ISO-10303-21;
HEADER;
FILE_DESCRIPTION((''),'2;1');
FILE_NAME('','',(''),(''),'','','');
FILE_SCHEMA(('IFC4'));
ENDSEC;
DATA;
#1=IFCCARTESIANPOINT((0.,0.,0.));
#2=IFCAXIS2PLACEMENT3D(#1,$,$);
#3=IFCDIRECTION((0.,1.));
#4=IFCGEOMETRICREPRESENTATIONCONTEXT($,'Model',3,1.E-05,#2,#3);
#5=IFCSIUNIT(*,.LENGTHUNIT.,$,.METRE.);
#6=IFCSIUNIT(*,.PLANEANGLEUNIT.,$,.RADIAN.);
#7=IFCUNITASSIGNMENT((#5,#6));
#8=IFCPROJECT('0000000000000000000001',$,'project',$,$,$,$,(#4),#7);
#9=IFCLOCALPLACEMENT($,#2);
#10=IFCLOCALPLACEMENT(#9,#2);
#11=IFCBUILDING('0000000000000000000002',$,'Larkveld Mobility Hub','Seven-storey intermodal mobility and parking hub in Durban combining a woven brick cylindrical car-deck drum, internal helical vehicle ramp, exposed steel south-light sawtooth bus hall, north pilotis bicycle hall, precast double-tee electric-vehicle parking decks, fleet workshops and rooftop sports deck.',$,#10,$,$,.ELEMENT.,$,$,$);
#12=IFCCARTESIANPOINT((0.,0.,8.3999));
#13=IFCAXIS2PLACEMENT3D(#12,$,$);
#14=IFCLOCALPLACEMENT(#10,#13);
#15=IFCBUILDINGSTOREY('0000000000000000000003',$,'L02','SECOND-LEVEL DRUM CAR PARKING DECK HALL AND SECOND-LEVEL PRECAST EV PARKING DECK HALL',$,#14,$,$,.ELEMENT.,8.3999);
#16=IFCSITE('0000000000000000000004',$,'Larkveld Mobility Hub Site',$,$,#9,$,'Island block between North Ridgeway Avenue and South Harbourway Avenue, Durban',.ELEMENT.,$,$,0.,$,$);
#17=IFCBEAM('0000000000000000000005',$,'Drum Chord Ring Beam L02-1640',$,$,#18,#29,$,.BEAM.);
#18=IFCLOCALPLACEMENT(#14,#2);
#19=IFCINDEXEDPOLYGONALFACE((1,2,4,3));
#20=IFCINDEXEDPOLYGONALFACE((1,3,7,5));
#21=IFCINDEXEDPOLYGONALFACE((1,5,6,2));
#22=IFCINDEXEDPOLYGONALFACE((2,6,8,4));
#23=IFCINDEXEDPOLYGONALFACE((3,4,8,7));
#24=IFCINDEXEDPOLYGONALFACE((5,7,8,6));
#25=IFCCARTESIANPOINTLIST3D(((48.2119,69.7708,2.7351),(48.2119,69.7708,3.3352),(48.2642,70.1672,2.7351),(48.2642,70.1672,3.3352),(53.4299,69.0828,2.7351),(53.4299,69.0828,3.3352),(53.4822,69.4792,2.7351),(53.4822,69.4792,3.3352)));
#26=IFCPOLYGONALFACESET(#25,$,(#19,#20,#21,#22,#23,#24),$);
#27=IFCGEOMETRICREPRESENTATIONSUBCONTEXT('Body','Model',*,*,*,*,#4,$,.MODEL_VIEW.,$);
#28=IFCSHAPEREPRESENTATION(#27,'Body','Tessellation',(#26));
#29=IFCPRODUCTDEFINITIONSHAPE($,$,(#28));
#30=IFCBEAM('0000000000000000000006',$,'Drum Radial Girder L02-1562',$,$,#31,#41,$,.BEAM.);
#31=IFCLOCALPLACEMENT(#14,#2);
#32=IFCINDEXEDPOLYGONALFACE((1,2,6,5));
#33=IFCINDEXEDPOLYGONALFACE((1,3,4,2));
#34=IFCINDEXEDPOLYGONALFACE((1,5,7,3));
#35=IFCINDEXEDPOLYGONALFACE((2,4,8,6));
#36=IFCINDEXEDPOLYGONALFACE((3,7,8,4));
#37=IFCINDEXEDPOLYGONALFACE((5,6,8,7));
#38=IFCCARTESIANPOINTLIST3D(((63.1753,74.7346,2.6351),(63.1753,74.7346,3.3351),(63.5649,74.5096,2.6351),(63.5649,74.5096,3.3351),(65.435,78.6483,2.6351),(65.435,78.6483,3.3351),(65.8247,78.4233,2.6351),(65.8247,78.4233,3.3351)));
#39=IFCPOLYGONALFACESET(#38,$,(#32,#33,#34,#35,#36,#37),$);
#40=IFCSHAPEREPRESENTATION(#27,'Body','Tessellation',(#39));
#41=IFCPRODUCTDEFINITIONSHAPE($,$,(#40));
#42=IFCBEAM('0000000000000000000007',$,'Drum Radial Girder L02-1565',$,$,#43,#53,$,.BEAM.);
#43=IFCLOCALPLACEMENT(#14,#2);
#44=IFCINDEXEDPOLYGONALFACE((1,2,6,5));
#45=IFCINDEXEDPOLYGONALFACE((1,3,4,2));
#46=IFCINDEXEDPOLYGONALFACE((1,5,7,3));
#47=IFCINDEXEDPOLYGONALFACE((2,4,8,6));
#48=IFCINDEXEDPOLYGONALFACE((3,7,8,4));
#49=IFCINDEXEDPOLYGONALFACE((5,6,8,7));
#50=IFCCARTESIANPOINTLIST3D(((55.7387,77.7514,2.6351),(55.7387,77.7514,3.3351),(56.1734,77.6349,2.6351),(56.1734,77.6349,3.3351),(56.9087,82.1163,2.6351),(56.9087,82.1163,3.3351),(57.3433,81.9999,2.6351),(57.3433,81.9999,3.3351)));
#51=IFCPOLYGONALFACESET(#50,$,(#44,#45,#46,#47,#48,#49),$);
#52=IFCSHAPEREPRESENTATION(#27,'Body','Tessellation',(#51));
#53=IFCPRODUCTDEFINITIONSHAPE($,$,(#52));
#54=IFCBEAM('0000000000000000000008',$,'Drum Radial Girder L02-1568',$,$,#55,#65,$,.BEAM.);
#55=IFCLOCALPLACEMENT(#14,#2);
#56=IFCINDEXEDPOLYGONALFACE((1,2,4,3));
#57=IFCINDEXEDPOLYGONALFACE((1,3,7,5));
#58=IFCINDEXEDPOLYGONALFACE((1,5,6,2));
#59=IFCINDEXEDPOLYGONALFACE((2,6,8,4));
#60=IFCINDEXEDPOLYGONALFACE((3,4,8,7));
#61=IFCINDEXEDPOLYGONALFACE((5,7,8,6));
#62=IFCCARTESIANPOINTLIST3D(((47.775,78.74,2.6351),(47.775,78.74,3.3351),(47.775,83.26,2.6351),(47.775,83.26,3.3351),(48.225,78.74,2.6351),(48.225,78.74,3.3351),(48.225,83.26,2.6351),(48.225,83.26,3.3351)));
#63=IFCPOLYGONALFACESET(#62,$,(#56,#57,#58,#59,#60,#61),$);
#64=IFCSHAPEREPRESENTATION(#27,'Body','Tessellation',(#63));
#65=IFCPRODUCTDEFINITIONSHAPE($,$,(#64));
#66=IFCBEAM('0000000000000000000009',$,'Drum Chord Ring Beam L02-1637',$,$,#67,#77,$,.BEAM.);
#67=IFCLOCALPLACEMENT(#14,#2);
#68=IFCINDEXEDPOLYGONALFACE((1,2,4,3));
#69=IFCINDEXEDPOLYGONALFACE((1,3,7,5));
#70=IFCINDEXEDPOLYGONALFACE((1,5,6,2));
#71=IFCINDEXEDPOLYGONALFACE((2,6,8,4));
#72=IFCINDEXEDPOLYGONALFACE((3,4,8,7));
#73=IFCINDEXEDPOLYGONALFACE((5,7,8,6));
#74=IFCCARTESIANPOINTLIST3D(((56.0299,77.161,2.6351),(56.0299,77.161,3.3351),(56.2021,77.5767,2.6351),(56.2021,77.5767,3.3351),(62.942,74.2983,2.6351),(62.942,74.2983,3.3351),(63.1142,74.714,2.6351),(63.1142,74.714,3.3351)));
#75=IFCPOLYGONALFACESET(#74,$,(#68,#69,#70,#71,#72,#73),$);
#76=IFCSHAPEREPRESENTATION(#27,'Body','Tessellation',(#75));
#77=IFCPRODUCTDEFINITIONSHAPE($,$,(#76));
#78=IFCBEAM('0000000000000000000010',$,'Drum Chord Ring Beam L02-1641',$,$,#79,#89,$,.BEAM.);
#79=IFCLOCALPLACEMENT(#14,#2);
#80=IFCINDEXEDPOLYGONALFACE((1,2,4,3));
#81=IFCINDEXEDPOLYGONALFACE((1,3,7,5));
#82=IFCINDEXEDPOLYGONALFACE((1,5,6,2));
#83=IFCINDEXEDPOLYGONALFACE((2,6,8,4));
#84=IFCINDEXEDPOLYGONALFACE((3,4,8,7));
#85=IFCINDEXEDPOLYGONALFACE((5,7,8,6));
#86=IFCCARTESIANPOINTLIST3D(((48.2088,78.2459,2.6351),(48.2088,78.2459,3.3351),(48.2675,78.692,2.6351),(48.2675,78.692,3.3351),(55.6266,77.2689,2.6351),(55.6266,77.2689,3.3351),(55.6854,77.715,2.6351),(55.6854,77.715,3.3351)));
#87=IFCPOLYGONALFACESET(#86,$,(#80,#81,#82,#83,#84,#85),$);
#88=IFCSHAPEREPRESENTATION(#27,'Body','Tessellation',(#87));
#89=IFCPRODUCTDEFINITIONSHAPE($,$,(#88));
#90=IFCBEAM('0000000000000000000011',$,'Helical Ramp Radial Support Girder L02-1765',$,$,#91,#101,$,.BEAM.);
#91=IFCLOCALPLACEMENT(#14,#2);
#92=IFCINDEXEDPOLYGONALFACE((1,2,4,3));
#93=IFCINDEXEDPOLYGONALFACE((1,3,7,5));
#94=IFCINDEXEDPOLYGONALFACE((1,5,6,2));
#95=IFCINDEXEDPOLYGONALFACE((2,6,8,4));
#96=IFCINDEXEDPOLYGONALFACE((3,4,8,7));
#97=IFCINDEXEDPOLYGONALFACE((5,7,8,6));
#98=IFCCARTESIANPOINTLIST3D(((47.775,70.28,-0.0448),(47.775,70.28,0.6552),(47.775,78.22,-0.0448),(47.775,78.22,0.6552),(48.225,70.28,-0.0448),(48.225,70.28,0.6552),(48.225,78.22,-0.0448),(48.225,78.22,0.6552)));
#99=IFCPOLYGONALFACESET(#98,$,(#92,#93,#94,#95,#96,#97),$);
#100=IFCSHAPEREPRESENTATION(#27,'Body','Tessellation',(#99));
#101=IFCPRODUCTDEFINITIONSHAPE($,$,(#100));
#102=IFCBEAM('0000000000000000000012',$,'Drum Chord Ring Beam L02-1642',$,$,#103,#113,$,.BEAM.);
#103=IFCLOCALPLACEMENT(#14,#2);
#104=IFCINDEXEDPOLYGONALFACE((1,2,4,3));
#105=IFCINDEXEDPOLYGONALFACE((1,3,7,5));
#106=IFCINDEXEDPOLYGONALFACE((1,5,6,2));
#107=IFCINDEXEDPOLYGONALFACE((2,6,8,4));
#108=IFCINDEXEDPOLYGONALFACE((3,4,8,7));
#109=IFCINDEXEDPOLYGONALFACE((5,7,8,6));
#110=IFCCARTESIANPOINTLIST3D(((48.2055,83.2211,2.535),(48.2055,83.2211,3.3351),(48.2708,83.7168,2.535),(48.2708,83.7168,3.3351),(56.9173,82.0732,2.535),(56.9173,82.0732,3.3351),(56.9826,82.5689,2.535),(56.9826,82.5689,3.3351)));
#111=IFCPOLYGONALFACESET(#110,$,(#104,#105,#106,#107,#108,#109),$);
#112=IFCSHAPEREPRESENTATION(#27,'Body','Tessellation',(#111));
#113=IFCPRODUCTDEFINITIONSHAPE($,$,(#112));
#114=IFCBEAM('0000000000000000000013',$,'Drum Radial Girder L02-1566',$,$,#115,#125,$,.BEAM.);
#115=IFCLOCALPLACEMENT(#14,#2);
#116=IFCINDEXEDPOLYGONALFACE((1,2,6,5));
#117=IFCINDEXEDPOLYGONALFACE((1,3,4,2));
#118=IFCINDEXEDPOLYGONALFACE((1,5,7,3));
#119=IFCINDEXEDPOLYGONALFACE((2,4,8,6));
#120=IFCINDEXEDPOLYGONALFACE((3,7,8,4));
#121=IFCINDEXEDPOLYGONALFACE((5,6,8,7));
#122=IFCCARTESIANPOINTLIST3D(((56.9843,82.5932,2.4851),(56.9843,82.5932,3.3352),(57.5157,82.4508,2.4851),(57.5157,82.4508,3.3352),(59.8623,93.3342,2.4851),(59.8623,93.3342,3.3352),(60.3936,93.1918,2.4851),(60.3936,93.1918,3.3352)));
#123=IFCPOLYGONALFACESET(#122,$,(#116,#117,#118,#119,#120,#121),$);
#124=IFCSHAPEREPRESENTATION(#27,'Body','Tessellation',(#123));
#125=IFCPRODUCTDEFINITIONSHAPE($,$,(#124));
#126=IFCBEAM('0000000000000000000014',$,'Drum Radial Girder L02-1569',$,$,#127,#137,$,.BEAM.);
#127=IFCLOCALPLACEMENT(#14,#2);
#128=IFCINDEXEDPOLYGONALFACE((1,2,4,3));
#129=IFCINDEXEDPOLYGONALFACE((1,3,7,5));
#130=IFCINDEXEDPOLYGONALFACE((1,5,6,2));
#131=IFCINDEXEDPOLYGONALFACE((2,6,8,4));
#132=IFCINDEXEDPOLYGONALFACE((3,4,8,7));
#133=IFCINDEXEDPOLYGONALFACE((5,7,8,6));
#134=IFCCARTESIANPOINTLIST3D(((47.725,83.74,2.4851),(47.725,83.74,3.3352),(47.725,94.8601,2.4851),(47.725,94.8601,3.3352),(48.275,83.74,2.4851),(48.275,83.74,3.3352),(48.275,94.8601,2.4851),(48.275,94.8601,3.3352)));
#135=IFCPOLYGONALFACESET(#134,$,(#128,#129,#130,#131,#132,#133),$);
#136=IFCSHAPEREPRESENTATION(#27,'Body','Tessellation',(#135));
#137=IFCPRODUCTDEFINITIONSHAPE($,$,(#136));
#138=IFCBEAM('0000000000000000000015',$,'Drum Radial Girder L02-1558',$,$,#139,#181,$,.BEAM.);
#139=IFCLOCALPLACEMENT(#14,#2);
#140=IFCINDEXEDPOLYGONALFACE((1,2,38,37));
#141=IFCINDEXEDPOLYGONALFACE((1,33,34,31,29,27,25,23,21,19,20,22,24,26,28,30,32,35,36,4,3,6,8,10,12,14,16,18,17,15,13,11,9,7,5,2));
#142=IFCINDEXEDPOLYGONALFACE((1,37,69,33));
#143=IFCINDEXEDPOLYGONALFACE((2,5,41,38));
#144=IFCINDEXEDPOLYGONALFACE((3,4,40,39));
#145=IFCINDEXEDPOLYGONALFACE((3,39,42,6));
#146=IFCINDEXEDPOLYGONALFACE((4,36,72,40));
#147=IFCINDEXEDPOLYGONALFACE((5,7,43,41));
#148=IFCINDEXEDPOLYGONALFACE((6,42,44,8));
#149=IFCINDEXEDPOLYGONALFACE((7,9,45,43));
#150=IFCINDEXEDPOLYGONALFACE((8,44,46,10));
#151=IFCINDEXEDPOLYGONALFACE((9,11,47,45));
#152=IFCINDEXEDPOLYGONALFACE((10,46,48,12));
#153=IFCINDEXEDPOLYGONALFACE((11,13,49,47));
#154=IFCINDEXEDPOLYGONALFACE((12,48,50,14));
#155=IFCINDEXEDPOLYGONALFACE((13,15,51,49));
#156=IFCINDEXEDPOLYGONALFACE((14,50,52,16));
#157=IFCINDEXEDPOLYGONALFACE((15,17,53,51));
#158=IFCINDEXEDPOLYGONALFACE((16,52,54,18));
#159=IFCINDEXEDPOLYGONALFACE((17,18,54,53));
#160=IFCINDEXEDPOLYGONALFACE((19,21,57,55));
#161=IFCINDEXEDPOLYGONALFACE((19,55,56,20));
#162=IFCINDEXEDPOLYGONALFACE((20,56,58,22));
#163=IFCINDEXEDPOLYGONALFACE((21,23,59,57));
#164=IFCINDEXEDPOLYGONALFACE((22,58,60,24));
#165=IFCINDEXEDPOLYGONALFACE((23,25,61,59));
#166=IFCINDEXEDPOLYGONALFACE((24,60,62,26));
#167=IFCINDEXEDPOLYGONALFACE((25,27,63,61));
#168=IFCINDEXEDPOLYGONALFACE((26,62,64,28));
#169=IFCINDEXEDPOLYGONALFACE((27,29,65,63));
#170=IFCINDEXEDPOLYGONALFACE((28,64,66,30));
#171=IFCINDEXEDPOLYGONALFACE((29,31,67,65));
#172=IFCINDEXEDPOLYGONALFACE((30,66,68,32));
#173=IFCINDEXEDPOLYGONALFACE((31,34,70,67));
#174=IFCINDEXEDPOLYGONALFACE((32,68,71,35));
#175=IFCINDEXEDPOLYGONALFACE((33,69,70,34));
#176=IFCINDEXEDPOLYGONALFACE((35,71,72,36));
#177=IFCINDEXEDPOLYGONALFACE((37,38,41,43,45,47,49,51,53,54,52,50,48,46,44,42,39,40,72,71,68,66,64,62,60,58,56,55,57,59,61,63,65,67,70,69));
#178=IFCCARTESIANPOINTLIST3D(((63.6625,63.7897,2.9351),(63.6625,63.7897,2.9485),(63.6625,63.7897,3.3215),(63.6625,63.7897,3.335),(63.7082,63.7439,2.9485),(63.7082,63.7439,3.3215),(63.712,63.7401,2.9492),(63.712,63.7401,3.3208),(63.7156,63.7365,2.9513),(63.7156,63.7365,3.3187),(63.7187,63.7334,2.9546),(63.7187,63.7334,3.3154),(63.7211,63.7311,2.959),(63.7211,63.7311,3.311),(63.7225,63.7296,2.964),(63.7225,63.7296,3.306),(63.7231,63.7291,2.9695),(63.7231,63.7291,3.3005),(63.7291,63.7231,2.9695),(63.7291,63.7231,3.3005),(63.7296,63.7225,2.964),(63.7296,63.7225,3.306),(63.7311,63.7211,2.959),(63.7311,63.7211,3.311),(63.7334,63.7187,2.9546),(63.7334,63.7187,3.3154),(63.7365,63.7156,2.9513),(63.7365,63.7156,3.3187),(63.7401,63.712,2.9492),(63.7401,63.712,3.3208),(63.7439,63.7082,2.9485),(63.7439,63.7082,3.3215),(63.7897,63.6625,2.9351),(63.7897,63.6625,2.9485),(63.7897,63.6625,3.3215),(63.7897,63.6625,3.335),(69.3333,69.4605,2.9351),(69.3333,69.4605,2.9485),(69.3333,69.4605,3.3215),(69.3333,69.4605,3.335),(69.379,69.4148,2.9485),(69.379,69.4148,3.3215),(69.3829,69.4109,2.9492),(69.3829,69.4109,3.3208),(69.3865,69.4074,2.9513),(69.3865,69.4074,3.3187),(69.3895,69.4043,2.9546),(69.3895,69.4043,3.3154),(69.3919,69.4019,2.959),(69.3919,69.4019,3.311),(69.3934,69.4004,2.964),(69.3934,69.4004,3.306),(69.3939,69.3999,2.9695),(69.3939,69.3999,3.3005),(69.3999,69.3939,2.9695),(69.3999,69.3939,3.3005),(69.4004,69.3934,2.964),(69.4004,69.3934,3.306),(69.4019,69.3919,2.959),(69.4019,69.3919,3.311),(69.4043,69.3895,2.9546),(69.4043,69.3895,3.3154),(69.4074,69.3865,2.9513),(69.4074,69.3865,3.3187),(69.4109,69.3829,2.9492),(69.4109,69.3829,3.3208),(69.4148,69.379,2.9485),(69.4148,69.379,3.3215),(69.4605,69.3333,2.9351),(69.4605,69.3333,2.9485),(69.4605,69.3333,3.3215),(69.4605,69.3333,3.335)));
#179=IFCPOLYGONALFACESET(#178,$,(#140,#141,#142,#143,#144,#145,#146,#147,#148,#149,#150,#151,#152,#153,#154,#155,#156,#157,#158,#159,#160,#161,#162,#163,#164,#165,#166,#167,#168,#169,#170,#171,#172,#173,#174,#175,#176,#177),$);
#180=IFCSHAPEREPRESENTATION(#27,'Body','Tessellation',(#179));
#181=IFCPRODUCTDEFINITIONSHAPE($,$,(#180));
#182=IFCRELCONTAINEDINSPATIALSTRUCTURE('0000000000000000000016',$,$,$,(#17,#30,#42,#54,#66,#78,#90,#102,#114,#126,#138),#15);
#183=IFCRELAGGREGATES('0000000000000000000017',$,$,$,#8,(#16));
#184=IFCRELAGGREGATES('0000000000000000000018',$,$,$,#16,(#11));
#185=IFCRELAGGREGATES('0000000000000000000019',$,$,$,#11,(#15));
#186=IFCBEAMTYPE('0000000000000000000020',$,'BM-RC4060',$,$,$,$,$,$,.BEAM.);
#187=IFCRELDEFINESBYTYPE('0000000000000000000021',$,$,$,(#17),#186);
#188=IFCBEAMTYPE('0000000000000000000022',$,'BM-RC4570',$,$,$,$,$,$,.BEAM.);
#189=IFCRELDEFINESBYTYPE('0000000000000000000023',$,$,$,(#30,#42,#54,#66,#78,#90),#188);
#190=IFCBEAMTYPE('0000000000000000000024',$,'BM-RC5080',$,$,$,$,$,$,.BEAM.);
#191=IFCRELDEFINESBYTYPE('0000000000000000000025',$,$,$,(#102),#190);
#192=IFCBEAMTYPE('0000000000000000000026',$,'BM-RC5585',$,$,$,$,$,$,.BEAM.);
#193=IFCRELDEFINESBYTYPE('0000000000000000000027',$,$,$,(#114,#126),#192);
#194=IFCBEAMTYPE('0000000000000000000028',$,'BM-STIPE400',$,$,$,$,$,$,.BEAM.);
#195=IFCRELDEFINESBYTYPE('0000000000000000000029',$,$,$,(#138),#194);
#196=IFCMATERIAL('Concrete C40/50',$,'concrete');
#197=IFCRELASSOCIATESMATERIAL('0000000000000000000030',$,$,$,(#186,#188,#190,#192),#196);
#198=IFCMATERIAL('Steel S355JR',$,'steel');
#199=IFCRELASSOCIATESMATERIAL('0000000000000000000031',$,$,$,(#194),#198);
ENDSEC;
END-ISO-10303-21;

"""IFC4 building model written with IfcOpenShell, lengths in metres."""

from ifc_helpers import new_model, si_unit, direction, frame, origin, origin_2d, place, context, subcontext, project, spatial, rectangle, i_section, extrude, material, material_profile, profile_set, type_object, element, save


model = new_model("IFC4")

# Units and contexts
model_context = context("Model", 3, precision=1e-05, world=origin(), true_north=direction((0.0, 1.0)))
body_context = subcontext(model_context, "Body", "Model", "MODEL_VIEW")
ifc_project = project(units=[si_unit("LENGTHUNIT", "METRE"), si_unit("PLANEANGLEUNIT", "RADIAN")], contexts=[model_context])

# Site, building, storey
site_placement = place(None, origin())
site = spatial("IfcSite", under=ifc_project, at=site_placement, Name="Larkveld Mobility Hub Site", LongName="Island block between North Ridgeway Avenue and South Harbourway Avenue, Durban", CompositionType="ELEMENT", RefElevation=0.0)
building_placement = place(site_placement, origin())
building = spatial("IfcBuilding", under=site, at=building_placement, Name="Larkveld Mobility Hub", Description="Seven-storey intermodal mobility and parking hub in Durban combining a woven brick cylindrical car-deck drum, internal helical vehicle ramp, exposed steel south-light sawtooth bus hall, north pilotis bicycle hall, precast double-tee electric-vehicle parking decks, fleet workshops and rooftop sports deck.", CompositionType="ELEMENT")
storey_placement = place(building_placement, frame((0.0, 0.0, 8.3999)))
storey = spatial("IfcBuildingStorey", under=building, at=storey_placement, Name="L02", Description="SECOND-LEVEL DRUM CAR PARKING DECK HALL AND SECOND-LEVEL PRECAST EV PARKING DECK HALL", CompositionType="ELEMENT", Elevation=8.3999)

# Shared definitions
ifc_material_1 = material(Name="Concrete C40/50", Category="concrete")

# Beams
ifc_material_profile_1 = material_profile(ifc_material_1, rectangle(XDim=0.3999, YDim=0.6001, at=origin_2d()), Name="RC BM 400x600")
ifc_profile_set_1 = profile_set([ifc_material_profile_1], Name="Concrete C40/50")
beam_type_1 = type_object("IfcBeamType", Name="BM-RC4060", PredefinedType="BEAM", material=ifc_profile_set_1)
beam_1_placement = place(storey_placement, frame((53.4561, 69.281, 3.0352), z_axis=(-0.99142, 0.130717, 0.0), x_axis=(-0.130717, -0.99142, 0.0)))
element("IfcBeam", 1, at=beam_1_placement, inside=storey, type_object=beam_type_1, Name="Drum Chord Ring Beam L02-1640", PredefinedType="BEAM", context=body_context, shape_type="SweptSolid", body=[
    extrude(rectangle(XDim=0.3999, YDim=0.6001, at=origin_2d()), origin(), (0.0, 0.0, 1.0), 5.2632),
])
ifc_material_profile_2 = material_profile(ifc_material_1, rectangle(XDim=0.45, YDim=0.7, at=origin_2d()), Name="RC BM 450x700")
ifc_profile_set_2 = profile_set([ifc_material_profile_2], Name="Concrete C40/50")
beam_type_2 = type_object("IfcBeamType", Name="BM-RC4570", PredefinedType="BEAM", material=ifc_profile_set_2)
beam_2_placement = place(storey_placement, frame((63.3701, 74.6221, 2.9851), z_axis=(0.50002, 0.866014, 0.0), x_axis=(-0.866014, 0.50002, 0.0)))
element("IfcBeam", 2, at=beam_2_placement, inside=storey, type_object=beam_type_2, Name="Drum Radial Girder L02-1562", PredefinedType="BEAM", context=body_context, shape_type="SweptSolid", body=[
    extrude(rectangle(XDim=0.45, YDim=0.7, at=origin_2d()), origin(), (0.0, 0.0, 1.0), 4.5193),
])
beam_3_placement = place(storey_placement, frame((55.9561, 77.6931, 2.9851), z_axis=(0.258886, 0.965908, 0.0), x_axis=(-0.965908, 0.258886, 0.0)))
element("IfcBeam", 3, at=beam_3_placement, inside=storey, type_object=beam_type_2, Name="Drum Radial Girder L02-1565", PredefinedType="BEAM", context=body_context, shape_type="SweptSolid", body=[
    extrude(rectangle(XDim=0.45, YDim=0.7, at=origin_2d()), origin(), (0.0, 0.0, 1.0), 4.519),
])
beam_4_placement = place(storey_placement, frame((48.0, 78.74, 2.9851), z_axis=(0.0, 1.0, 0.0), x_axis=(-1.0, 0.0, 0.0)))
element("IfcBeam", 4, at=beam_4_placement, inside=storey, type_object=beam_type_2, Name="Drum Radial Girder L02-1568", PredefinedType="BEAM", context=body_context, shape_type="SweptSolid", body=[
    extrude(rectangle(XDim=0.45, YDim=0.7, at=origin_2d()), origin(), (0.0, 0.0, 1.0), 4.52),
])
beam_5_placement = place(storey_placement, frame((63.0281, 74.5061, 2.9851), z_axis=(-0.923894, 0.38265, 0.0), x_axis=(-0.38265, -0.923894, 0.0)))
element("IfcBeam", 5, at=beam_5_placement, inside=storey, type_object=beam_type_2, Name="Drum Chord Ring Beam L02-1637", PredefinedType="BEAM", context=body_context, shape_type="SweptSolid", body=[
    extrude(rectangle(XDim=0.45, YDim=0.7, at=origin_2d()), origin(), (0.0, 0.0, 1.0), 7.4814),
])
beam_6_placement = place(storey_placement, frame((55.656, 77.4919, 2.9851), z_axis=(-0.991437, 0.130586, 0.0), x_axis=(-0.130586, -0.991437, 0.0)))
element("IfcBeam", 6, at=beam_6_placement, inside=storey, type_object=beam_type_2, Name="Drum Chord Ring Beam L02-1641", PredefinedType="BEAM", context=body_context, shape_type="SweptSolid", body=[
    extrude(rectangle(XDim=0.45, YDim=0.7, at=origin_2d()), origin(), (0.0, 0.0, 1.0), 7.4819),
])
beam_7_placement = place(storey_placement, frame((48.0, 70.28, 0.3052), z_axis=(0.0, 1.0, 0.0), x_axis=(-1.0, 0.0, 0.0)))
element("IfcBeam", 7, at=beam_7_placement, inside=storey, type_object=beam_type_2, Name="Helical Ramp Radial Support Girder L02-1765", PredefinedType="BEAM", context=body_context, shape_type="SweptSolid", body=[
    extrude(rectangle(XDim=0.45, YDim=0.7, at=origin_2d()), origin(), (0.0, 0.0, 1.0), 7.9399),
])
ifc_material_profile_3 = material_profile(ifc_material_1, rectangle(XDim=0.5, YDim=0.8, at=origin_2d()), Name="RC BM 500x800")
ifc_profile_set_3 = profile_set([ifc_material_profile_3], Name="Concrete C40/50")
beam_type_3 = type_object("IfcBeamType", Name="BM-RC5080", PredefinedType="BEAM", material=ifc_profile_set_3)
beam_8_placement = place(storey_placement, frame((56.95, 82.321, 2.9351), z_axis=(-0.99143, 0.130638, 0.0), x_axis=(-0.130638, -0.99143, 0.0)))
element("IfcBeam", 8, at=beam_8_placement, inside=storey, type_object=beam_type_3, Name="Drum Chord Ring Beam L02-1642", PredefinedType="BEAM", context=body_context, shape_type="SweptSolid", body=[
    extrude(rectangle(XDim=0.5, YDim=0.8, at=origin_2d()), origin(), (0.0, 0.0, 1.0), 8.7871),
])
ifc_material_profile_4 = material_profile(ifc_material_1, rectangle(XDim=0.55, YDim=0.8501, at=origin_2d()), Name="RC BM 550x850")
ifc_profile_set_4 = profile_set([ifc_material_profile_4], Name="Concrete C40/50")
beam_type_4 = type_object("IfcBeamType", Name="BM-RC5585", PredefinedType="BEAM", material=ifc_profile_set_4)
beam_9_placement = place(storey_placement, frame((57.25, 82.522, 2.9102), z_axis=(0.25881, 0.965928, 0.0), x_axis=(-0.965928, 0.25881, 0.0)))
element("IfcBeam", 9, at=beam_9_placement, inside=storey, type_object=beam_type_4, Name="Drum Radial Girder L02-1566", PredefinedType="BEAM", context=body_context, shape_type="SweptSolid", body=[
    extrude(rectangle(XDim=0.55, YDim=0.8501, at=origin_2d()), origin(), (0.0, 0.0, 1.0), 11.1199),
])
beam_10_placement = place(storey_placement, frame((48.0, 83.74, 2.9102), z_axis=(0.0, 1.0, 0.0), x_axis=(-1.0, 0.0, 0.0)))
element("IfcBeam", 10, at=beam_10_placement, inside=storey, type_object=beam_type_4, Name="Drum Radial Girder L02-1569", PredefinedType="BEAM", context=body_context, shape_type="SweptSolid", body=[
    extrude(rectangle(XDim=0.55, YDim=0.8501, at=origin_2d()), origin(), (0.0, 0.0, 1.0), 11.1201),
])
ifc_material_2 = material(Name="Steel S355JR", Category="steel")
ifc_material_profile_5 = material_profile(ifc_material_2, i_section(OverallWidth=0.1799, OverallDepth=0.3999, WebThickness=0.0085, FlangeThickness=0.0134, FilletRadius=0.021, at=origin_2d()), Name="IPE 400")
ifc_profile_set_5 = profile_set([ifc_material_profile_5], Name="Steel S355JR")
beam_type_5 = type_object("IfcBeamType", Name="BM-STIPE400", PredefinedType="BEAM", material=ifc_profile_set_5)
beam_11_placement = place(storey_placement, frame((63.7261, 63.7261, 3.135), z_axis=(0.707107, 0.707107, 0.0), x_axis=(-0.707107, 0.707107, 0.0)))
element("IfcBeam", 11, at=beam_11_placement, inside=storey, type_object=beam_type_5, Name="Drum Radial Girder L02-1558", PredefinedType="BEAM", context=body_context, shape_type="SweptSolid", body=[
    extrude(i_section(OverallWidth=0.1799, OverallDepth=0.3999, WebThickness=0.0085, FlangeThickness=0.0134, FilletRadius=0.021, at=origin_2d()), origin(), (0.0, 0.0, 1.0), 8.0198),
])

save(model, "model.ifc")
